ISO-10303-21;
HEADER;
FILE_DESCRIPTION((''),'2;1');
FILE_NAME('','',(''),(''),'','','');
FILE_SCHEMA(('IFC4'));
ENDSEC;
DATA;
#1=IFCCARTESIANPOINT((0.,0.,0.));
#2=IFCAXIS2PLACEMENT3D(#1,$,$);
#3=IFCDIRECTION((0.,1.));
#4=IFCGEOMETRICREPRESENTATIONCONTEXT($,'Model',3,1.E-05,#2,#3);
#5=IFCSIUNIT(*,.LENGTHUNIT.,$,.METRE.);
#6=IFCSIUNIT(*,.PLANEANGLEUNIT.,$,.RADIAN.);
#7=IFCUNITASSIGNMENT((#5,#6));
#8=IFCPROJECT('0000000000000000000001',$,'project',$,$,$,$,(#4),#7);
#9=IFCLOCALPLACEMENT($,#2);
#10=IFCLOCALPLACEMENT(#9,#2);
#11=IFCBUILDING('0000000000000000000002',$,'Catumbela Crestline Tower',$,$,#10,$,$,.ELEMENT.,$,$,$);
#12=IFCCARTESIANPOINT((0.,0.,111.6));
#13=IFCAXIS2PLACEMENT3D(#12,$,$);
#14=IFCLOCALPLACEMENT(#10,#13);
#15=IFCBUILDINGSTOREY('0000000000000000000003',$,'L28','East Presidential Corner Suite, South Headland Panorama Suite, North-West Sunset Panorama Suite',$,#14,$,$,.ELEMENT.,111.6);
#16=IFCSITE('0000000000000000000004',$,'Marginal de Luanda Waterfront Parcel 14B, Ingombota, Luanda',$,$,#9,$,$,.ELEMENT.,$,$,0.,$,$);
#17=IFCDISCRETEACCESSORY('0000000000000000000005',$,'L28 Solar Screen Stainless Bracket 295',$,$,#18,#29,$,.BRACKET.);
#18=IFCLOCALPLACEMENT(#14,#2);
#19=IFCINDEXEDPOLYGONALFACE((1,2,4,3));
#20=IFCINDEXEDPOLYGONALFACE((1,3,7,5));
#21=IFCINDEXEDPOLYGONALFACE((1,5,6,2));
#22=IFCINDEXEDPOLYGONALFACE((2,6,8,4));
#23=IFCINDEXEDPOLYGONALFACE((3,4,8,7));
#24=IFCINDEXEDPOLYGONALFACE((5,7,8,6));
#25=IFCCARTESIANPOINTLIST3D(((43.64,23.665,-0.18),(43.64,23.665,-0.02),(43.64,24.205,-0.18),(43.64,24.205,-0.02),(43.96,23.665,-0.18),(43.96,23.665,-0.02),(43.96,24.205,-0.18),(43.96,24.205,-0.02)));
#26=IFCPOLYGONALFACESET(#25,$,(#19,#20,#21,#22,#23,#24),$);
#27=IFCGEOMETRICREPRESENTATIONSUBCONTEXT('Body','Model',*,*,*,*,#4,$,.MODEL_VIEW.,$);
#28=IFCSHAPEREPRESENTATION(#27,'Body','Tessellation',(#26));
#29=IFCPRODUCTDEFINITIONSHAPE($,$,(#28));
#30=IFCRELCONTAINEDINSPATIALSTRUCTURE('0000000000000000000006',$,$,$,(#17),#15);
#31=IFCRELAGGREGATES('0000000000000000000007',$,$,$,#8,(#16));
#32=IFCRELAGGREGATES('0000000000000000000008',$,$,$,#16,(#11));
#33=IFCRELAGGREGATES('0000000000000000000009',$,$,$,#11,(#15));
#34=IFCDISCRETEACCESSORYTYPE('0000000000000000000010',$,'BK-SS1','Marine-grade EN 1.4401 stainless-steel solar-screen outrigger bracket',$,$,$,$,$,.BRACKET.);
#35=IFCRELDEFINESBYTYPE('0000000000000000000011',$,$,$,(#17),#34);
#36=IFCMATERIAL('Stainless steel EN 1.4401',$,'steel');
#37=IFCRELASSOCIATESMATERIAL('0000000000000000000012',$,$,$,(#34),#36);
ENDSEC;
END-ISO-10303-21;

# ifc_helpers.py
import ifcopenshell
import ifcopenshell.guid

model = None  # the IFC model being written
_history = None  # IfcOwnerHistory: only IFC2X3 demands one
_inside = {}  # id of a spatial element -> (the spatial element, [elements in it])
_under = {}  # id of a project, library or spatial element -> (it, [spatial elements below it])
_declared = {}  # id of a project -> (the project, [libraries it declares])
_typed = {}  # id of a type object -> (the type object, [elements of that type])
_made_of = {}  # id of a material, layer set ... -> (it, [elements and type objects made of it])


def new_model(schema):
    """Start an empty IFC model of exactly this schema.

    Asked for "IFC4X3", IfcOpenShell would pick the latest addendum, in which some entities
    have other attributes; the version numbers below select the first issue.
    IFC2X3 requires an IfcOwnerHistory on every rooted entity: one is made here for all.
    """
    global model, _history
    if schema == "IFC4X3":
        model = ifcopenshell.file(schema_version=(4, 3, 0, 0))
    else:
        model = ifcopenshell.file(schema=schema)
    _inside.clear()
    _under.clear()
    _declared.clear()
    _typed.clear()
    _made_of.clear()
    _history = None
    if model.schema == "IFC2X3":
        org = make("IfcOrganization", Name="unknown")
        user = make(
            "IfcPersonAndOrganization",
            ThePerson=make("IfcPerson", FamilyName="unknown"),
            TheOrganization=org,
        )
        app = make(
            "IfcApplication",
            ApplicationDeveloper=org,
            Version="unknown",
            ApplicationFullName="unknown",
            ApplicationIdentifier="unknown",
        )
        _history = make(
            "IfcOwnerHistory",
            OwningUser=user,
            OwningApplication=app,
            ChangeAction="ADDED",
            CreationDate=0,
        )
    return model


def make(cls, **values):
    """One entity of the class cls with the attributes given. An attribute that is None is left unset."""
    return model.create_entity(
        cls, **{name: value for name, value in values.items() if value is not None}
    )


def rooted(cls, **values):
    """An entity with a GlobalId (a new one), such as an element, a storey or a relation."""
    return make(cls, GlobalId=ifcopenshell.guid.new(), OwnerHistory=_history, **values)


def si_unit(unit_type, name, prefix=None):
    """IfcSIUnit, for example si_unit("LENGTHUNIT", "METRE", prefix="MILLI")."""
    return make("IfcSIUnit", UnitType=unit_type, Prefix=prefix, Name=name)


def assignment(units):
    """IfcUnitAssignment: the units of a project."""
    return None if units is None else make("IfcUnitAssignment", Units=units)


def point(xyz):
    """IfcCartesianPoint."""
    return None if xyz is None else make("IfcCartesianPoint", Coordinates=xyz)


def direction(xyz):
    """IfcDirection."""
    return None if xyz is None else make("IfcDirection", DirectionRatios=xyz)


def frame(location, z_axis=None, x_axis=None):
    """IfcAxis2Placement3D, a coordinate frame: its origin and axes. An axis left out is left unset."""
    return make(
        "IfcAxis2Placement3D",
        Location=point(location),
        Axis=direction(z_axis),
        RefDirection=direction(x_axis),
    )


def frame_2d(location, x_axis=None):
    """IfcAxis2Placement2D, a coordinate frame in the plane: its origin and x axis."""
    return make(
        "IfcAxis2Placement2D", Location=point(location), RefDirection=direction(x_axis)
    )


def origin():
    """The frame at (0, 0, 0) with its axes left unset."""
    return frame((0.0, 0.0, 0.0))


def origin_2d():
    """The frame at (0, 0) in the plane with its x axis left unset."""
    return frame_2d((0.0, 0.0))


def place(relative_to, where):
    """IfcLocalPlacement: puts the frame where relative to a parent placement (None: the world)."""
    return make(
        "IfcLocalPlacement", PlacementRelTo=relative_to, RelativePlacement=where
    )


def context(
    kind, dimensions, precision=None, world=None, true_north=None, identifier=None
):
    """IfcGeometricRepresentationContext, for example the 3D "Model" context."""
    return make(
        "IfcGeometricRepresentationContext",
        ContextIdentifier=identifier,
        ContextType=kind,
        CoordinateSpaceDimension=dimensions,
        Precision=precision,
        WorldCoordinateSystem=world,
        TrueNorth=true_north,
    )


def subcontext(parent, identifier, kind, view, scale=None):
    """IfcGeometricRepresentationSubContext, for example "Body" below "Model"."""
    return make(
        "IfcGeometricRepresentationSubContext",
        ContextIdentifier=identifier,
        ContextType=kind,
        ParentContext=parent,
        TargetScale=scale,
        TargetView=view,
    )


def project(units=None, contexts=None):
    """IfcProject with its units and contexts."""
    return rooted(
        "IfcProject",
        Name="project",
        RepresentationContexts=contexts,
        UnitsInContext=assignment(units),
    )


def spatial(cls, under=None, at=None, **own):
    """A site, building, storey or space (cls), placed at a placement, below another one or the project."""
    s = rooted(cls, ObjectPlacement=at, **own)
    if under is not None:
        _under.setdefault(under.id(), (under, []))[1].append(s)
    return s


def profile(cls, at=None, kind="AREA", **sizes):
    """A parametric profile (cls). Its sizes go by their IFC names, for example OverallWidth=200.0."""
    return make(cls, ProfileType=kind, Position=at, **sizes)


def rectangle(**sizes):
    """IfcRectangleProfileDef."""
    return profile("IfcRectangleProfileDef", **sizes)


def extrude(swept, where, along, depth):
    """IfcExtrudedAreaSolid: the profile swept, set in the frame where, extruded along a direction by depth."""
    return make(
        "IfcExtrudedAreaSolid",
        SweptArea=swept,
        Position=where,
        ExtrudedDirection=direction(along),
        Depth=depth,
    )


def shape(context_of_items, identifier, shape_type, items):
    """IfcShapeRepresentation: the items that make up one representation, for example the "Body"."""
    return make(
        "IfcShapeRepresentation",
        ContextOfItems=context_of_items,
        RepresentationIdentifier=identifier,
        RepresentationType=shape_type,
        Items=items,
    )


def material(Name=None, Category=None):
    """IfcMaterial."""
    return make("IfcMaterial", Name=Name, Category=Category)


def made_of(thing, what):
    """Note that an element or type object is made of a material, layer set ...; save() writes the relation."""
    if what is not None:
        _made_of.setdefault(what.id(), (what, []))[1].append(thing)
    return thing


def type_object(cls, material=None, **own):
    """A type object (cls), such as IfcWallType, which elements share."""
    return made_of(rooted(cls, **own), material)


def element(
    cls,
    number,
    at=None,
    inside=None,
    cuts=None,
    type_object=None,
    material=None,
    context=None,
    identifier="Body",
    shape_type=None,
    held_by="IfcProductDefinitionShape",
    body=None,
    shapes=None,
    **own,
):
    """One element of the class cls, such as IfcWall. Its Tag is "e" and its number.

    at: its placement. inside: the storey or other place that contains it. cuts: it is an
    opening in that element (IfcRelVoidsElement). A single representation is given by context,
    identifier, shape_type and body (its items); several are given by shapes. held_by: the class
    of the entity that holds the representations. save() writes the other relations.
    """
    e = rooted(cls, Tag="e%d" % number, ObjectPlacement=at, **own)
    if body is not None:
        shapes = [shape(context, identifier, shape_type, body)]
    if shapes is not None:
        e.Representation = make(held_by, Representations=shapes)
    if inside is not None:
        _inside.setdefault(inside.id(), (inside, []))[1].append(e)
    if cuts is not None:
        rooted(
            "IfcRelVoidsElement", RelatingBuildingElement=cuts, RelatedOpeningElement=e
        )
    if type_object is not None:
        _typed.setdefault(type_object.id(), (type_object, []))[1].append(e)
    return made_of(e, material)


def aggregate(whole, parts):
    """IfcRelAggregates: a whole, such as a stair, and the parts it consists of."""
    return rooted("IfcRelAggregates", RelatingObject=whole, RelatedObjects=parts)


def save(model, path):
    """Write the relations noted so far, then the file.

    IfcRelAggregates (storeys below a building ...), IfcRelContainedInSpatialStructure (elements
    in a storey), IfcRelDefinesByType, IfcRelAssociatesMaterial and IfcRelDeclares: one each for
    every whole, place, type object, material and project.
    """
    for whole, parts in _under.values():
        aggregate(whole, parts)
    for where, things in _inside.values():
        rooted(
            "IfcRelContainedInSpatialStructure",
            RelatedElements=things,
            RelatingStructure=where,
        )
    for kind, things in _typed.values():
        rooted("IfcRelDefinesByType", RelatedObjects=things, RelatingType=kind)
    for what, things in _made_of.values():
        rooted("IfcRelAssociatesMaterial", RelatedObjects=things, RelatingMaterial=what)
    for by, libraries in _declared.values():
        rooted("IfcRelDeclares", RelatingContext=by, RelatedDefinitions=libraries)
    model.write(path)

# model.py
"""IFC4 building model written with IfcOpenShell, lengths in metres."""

from ifc_helpers import new_model, si_unit, direction, frame, origin, origin_2d, place, context, subcontext, project, spatial, rectangle, extrude, material, type_object, element, save


model = new_model("IFC4")

# Units and contexts
model_context = context("Model", 3, precision=1e-05, world=origin(), true_north=direction((0.0, 1.0)))
body_context = subcontext(model_context, "Body", "Model", "MODEL_VIEW")
ifc_project = project(units=[si_unit("LENGTHUNIT", "METRE"), si_unit("PLANEANGLEUNIT", "RADIAN")], contexts=[model_context])

# Site, building, storey
site_placement = place(None, origin())
site = spatial("IfcSite", under=ifc_project, at=site_placement, Name="Marginal de Luanda Waterfront Parcel 14B, Ingombota, Luanda", CompositionType="ELEMENT", RefElevation=0.0)
building_placement = place(site_placement, origin())
building = spatial("IfcBuilding", under=site, at=building_placement, Name="Catumbela Crestline Tower", CompositionType="ELEMENT")
storey_placement = place(building_placement, frame((0.0, 0.0, 111.6)))
storey = spatial("IfcBuildingStorey", under=building, at=storey_placement, Name="L28", Description="East Presidential Corner Suite, South Headland Panorama Suite, North-West Sunset Panorama Suite", CompositionType="ELEMENT", Elevation=111.6)

# Discrete accessory
ifc_material_1 = material(Name="Stainless steel EN 1.4401", Category="steel")
discrete_accessory_type = type_object("IfcDiscreteAccessoryType", Name="BK-SS1", Description="Marine-grade EN 1.4401 stainless-steel solar-screen outrigger bracket", PredefinedType="BRACKET", material=ifc_material_1)
discrete_accessory_placement = place(storey_placement, frame((43.8, 23.935, -0.18), z_axis=(0.0, 0.0, 1.0), x_axis=(1.0, 0.0, 0.0)))
element("IfcDiscreteAccessory", 1, at=discrete_accessory_placement, inside=storey, type_object=discrete_accessory_type, Name="L28 Solar Screen Stainless Bracket 295", PredefinedType="BRACKET", context=body_context, shape_type="SweptSolid", body=[
    extrude(rectangle(XDim=0.32, YDim=0.54, at=origin_2d()), origin(), (0.0, 0.0, 1.0), 0.16),
])

save(model, "model.ifc")
